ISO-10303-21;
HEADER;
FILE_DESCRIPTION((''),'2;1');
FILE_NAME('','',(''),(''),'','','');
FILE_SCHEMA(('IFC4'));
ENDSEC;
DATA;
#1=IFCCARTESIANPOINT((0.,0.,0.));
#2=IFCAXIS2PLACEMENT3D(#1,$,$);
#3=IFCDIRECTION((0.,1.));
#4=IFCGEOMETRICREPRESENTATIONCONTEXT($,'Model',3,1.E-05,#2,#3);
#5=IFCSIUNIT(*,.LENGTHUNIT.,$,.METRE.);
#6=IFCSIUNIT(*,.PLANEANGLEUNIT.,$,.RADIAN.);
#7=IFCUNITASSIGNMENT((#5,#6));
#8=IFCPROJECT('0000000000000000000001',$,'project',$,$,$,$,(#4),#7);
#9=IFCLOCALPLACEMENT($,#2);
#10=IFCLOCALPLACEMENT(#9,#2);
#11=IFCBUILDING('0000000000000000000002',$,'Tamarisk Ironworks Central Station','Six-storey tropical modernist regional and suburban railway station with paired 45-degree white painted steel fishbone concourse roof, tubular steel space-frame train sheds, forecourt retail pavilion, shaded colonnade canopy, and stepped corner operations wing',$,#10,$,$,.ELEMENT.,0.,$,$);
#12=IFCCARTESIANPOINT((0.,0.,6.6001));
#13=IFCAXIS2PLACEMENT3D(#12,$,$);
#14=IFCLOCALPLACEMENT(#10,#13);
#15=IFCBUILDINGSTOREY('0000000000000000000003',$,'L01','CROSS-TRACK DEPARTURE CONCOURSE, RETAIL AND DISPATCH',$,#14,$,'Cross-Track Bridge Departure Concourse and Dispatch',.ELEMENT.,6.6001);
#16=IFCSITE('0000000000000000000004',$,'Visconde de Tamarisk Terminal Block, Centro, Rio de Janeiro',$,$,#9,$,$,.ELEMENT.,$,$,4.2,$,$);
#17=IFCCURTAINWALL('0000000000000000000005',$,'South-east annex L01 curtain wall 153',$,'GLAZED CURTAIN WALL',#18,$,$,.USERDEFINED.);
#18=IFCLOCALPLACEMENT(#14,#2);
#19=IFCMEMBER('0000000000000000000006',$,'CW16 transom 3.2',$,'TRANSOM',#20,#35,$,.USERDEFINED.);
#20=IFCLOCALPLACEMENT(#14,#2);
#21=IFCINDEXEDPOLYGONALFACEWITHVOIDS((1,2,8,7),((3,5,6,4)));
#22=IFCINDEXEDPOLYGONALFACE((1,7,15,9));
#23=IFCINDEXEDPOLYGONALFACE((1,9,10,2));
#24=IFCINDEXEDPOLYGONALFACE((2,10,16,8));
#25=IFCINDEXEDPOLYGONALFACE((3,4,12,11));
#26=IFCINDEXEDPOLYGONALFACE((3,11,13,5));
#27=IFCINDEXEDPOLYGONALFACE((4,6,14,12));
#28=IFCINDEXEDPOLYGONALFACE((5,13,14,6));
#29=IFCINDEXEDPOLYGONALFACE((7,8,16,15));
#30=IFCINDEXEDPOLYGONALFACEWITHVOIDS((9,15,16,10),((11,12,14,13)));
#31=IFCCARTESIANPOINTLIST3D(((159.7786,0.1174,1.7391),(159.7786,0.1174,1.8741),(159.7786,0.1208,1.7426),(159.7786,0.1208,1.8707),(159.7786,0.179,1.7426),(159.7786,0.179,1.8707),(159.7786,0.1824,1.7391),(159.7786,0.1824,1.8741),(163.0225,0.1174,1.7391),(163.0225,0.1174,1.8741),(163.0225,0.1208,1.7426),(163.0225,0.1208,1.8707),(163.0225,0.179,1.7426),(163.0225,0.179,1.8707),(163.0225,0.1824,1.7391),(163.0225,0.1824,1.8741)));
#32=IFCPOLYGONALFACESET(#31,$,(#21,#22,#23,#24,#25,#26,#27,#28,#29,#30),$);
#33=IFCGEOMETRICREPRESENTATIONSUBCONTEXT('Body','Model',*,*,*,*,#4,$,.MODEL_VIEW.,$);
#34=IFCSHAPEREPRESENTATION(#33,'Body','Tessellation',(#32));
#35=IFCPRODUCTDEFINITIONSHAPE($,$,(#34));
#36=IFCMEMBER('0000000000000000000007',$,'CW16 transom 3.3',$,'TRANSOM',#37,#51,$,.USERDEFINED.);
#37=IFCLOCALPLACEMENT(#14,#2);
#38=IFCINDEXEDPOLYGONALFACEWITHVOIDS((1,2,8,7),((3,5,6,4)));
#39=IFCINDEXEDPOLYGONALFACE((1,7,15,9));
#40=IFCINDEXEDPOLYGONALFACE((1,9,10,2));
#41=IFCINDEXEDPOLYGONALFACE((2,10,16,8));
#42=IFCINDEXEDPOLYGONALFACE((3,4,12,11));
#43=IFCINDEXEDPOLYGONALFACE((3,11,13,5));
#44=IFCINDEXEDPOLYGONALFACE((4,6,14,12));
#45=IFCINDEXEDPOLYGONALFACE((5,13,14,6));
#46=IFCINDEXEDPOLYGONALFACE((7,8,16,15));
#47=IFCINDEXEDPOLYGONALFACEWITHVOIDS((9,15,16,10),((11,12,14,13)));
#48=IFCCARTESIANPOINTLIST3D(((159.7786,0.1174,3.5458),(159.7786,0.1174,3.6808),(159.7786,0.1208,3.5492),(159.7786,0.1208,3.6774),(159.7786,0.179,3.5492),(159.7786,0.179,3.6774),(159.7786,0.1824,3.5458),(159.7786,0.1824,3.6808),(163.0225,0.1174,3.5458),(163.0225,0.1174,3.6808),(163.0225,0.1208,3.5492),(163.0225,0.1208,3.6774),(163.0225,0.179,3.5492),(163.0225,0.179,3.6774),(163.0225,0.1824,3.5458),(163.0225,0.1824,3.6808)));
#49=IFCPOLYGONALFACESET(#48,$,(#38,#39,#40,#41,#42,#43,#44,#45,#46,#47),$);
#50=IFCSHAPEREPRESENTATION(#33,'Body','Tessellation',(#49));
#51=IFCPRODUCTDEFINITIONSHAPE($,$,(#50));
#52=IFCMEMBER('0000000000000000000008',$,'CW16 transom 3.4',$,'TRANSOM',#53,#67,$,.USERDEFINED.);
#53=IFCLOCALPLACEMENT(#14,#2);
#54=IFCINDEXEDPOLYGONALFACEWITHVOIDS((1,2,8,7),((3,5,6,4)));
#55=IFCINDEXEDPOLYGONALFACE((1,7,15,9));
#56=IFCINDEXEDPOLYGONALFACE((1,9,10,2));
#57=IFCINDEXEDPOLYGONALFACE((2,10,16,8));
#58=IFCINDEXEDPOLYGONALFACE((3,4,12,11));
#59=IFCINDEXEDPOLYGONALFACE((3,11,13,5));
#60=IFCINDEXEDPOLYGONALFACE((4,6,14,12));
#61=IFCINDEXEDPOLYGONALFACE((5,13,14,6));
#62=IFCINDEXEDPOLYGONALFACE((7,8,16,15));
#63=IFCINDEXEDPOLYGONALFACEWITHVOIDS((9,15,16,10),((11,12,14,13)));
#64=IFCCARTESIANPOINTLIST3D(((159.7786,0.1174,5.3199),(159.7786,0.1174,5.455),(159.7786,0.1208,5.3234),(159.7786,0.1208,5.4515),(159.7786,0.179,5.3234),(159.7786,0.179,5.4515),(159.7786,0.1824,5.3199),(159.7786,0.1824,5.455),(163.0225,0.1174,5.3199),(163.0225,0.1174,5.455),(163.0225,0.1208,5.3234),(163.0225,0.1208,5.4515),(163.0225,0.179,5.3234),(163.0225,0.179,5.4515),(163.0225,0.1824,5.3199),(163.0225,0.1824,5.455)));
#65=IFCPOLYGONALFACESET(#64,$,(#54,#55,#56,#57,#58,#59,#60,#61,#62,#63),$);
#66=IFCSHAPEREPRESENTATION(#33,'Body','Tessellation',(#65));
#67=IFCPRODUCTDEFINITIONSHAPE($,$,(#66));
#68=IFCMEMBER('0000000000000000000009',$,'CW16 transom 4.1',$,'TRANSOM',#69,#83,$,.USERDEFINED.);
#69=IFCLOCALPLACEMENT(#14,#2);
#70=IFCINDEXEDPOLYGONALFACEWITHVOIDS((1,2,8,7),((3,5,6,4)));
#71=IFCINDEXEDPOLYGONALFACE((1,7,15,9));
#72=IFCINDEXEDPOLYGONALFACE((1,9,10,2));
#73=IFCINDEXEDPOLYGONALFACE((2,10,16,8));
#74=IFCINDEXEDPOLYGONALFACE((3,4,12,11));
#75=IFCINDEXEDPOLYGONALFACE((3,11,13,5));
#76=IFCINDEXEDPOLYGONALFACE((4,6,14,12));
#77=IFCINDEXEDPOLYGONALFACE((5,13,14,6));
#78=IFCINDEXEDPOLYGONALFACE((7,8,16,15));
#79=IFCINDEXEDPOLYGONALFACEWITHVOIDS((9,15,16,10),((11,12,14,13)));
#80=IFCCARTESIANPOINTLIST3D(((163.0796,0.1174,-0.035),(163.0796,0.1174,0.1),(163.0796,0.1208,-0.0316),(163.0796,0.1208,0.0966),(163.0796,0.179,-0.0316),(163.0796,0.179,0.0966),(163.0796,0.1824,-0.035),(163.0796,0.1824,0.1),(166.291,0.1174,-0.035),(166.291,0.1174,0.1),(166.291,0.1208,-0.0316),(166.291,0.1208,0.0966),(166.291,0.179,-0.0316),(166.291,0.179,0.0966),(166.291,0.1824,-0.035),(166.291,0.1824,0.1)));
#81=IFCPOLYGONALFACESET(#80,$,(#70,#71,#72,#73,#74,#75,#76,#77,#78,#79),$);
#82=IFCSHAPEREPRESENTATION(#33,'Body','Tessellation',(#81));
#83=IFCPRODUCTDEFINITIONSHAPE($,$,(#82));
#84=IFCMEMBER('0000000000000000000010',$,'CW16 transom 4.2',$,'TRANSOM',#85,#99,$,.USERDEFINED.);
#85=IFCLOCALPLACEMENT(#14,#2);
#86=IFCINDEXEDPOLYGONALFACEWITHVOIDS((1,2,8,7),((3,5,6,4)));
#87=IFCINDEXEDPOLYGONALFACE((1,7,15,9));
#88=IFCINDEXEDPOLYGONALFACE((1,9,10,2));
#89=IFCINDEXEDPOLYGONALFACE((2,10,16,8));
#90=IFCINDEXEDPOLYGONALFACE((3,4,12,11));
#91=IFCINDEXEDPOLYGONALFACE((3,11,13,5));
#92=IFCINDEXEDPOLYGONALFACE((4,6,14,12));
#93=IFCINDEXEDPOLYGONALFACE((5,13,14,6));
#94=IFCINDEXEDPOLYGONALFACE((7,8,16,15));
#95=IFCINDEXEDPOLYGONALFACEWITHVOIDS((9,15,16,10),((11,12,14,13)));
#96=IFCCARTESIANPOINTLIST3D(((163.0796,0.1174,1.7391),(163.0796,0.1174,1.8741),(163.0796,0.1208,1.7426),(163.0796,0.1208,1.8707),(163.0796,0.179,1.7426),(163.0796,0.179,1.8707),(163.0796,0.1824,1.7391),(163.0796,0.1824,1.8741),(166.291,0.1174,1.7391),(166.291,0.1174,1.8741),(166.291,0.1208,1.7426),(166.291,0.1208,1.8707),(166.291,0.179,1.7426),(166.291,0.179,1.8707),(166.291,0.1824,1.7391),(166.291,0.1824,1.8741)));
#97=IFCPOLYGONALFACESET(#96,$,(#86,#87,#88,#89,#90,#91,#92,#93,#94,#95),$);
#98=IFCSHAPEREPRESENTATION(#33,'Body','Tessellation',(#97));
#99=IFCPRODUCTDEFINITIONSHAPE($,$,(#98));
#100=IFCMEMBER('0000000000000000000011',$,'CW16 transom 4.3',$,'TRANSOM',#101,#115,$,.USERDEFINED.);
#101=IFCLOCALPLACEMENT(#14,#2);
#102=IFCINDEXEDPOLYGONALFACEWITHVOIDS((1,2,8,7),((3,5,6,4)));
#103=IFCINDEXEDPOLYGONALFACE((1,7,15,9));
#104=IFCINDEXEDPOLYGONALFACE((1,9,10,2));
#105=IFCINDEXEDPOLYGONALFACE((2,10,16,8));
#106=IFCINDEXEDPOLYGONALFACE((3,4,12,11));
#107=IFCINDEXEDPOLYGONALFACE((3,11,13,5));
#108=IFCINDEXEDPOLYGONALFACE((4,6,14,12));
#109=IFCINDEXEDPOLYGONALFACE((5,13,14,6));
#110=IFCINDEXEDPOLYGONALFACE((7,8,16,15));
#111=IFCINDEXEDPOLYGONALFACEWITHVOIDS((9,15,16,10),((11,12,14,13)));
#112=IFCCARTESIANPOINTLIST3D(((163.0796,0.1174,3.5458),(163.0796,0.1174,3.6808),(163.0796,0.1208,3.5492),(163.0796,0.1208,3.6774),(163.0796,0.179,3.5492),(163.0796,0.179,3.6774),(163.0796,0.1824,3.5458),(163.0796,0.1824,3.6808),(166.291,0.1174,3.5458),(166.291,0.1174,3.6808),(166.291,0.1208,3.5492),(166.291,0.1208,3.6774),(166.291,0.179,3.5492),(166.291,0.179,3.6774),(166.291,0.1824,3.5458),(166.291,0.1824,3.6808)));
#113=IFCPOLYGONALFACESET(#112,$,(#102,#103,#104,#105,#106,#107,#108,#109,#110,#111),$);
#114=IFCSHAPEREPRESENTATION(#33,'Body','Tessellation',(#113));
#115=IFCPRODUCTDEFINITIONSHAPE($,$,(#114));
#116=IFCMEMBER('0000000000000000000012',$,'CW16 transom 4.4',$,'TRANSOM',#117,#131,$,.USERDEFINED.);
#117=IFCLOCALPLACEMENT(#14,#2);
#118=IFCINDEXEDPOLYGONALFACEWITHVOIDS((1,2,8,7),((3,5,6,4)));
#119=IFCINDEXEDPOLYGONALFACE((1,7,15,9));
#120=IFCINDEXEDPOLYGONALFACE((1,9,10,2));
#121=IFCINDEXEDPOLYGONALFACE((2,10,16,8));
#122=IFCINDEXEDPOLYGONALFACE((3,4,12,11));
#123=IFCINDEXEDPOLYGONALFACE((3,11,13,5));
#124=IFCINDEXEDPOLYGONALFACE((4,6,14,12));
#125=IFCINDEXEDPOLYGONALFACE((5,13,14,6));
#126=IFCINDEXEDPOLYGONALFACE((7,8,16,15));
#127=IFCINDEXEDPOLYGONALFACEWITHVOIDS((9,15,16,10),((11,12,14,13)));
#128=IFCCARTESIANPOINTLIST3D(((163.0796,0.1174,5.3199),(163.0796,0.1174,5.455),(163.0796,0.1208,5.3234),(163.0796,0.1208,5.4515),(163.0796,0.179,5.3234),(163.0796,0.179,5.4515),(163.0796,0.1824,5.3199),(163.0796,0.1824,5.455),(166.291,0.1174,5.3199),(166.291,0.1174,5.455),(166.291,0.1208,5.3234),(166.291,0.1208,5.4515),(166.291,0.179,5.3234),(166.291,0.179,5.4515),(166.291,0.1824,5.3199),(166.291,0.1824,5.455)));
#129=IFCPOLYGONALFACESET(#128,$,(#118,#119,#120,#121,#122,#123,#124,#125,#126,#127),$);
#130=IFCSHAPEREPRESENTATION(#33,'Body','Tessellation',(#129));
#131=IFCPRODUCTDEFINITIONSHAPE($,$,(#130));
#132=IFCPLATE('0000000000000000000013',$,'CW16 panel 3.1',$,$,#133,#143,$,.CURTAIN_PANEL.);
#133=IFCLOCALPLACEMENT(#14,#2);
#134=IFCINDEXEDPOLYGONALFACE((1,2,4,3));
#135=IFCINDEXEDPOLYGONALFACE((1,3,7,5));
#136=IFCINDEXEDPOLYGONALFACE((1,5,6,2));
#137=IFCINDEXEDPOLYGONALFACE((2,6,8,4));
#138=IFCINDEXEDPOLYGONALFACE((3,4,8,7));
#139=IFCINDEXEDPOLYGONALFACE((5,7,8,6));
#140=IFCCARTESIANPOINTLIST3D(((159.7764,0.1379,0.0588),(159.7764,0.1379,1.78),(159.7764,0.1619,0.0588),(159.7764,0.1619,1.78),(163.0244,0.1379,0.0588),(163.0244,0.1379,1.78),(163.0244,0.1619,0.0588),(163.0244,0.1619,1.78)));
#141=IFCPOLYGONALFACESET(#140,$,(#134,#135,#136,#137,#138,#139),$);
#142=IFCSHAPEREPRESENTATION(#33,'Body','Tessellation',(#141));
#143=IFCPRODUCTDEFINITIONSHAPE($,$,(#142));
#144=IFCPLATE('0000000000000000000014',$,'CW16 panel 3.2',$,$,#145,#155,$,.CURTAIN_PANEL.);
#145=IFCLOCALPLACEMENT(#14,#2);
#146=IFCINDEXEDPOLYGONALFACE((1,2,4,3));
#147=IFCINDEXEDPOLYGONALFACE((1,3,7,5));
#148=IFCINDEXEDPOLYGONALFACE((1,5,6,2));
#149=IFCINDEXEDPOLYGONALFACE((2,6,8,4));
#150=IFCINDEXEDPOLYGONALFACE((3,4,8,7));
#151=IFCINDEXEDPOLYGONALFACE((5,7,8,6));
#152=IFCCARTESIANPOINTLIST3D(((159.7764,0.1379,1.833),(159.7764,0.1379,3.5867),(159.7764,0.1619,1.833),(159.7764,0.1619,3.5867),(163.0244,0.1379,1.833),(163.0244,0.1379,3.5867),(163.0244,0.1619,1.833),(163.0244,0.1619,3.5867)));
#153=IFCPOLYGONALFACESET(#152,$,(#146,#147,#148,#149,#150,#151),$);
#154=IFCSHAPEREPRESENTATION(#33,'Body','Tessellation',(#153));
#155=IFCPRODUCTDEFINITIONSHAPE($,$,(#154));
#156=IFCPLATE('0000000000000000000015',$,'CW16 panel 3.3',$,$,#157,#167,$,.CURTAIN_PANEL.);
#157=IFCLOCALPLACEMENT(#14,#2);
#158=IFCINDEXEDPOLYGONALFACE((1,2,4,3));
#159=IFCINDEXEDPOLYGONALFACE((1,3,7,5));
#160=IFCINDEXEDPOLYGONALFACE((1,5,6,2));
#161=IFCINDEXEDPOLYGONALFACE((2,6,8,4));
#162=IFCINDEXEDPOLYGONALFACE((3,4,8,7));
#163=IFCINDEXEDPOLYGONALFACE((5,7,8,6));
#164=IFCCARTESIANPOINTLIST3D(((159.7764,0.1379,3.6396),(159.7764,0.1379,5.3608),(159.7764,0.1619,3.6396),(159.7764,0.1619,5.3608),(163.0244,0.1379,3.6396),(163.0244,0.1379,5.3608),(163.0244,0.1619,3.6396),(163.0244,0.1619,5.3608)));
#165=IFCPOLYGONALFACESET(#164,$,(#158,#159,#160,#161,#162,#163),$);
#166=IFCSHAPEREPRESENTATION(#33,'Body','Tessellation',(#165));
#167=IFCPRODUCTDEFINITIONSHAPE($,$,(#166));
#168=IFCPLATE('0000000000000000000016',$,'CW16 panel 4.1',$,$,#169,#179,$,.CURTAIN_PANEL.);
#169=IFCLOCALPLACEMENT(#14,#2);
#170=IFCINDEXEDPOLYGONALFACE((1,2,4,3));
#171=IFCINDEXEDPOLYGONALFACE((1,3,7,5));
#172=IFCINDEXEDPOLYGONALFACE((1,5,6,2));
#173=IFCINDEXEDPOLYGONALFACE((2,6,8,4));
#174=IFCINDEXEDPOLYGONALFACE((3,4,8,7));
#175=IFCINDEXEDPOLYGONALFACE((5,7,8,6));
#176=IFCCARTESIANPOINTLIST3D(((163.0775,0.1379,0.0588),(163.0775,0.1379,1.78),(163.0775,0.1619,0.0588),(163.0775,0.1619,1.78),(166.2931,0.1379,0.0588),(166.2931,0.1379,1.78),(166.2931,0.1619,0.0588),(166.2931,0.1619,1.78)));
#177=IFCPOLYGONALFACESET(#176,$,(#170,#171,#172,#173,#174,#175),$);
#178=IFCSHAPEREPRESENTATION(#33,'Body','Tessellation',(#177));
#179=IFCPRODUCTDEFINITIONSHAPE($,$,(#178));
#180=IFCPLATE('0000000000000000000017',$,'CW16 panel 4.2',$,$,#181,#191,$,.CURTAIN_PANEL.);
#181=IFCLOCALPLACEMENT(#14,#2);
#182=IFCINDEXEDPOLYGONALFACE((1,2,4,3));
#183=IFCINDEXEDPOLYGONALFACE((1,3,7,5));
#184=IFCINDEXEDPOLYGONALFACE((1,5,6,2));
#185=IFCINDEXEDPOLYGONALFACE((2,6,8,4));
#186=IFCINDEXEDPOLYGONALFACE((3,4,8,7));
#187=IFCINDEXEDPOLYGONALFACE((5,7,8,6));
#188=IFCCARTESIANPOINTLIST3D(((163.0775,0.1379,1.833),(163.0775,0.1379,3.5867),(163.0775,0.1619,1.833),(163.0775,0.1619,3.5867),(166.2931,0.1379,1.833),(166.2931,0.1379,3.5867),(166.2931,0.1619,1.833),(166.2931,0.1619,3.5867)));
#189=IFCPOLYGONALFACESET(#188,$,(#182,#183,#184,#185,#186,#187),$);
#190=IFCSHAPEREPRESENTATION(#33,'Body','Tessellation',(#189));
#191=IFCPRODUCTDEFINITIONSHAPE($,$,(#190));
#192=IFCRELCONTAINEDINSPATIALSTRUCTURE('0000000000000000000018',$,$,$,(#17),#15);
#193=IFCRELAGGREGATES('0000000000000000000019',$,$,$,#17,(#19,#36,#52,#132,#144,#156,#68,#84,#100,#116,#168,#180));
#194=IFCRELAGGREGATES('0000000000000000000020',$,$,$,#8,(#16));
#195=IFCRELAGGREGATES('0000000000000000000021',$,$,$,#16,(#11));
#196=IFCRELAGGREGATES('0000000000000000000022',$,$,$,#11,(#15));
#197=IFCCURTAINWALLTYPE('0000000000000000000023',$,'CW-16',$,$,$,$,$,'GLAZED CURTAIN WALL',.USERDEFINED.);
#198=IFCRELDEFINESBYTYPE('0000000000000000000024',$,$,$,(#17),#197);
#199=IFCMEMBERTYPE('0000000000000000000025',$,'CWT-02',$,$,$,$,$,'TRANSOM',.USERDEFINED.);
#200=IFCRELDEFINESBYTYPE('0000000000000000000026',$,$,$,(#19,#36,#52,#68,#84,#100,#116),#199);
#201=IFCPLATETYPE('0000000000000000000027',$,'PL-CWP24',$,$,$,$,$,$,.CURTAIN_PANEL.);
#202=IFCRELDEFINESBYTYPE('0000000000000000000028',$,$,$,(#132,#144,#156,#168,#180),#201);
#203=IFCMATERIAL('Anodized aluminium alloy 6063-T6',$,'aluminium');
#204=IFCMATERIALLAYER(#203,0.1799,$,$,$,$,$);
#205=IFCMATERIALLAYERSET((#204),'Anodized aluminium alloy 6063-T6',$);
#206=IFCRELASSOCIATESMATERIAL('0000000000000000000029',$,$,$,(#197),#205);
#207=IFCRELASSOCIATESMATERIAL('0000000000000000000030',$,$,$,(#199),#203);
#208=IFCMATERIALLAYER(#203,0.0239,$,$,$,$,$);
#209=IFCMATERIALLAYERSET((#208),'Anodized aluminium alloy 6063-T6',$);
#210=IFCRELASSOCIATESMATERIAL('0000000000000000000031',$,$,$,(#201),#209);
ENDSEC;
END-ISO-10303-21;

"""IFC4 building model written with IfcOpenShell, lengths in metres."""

from ifc_helpers import new_model, si_unit, direction, frame, origin, origin_2d, place, context, subcontext, project, spatial, rectangle, hollow_rectangle, extrude, material, layer, layer_set, material_profile, profile_set, type_object, element, aggregate, save


model = new_model("IFC4")

# Units and contexts
model_context = context("Model", 3, precision=1e-05, world=origin(), true_north=direction((0.0, 1.0)))
body_context = subcontext(model_context, "Body", "Model", "MODEL_VIEW")
ifc_project = project(units=[si_unit("LENGTHUNIT", "METRE"), si_unit("PLANEANGLEUNIT", "RADIAN")], contexts=[model_context])

# Site, building, storey
site_placement = place(None, origin())
site = spatial("IfcSite", under=ifc_project, at=site_placement, Name="Visconde de Tamarisk Terminal Block, Centro, Rio de Janeiro", CompositionType="ELEMENT", RefElevation=4.2)
building_placement = place(site_placement, origin())
building = spatial("IfcBuilding", under=site, at=building_placement, Name="Tamarisk Ironworks Central Station", Description="Six-storey tropical modernist regional and suburban railway station with paired 45-degree white painted steel fishbone concourse roof, tubular steel space-frame train sheds, forecourt retail pavilion, shaded colonnade canopy, and stepped corner operations wing", CompositionType="ELEMENT", ElevationOfRefHeight=0.0)
storey_placement = place(building_placement, frame((0.0, 0.0, 6.6001)))
storey = spatial("IfcBuildingStorey", under=building, at=storey_placement, Name="L01", Description="CROSS-TRACK DEPARTURE CONCOURSE, RETAIL AND DISPATCH", LongName="Cross-Track Bridge Departure Concourse and Dispatch", CompositionType="ELEMENT", Elevation=6.6001)

# Curtain wall, members, plates
ifc_material_1 = material(Name="Anodized aluminium alloy 6063-T6", Category="aluminium")
ifc_layer_1 = layer(ifc_material_1, 0.1799)
ifc_layer_set_1 = layer_set([ifc_layer_1], Name="Anodized aluminium alloy 6063-T6")
curtain_wall_type = type_object("IfcCurtainWallType", Name="CW-16", ElementType="GLAZED CURTAIN WALL", PredefinedType="USERDEFINED", material=ifc_layer_set_1)
curtain_wall_placement = place(storey_placement, origin())
curtain_wall = element("IfcCurtainWall", 1, at=curtain_wall_placement, inside=storey, type_object=curtain_wall_type, Name="South-east annex L01 curtain wall 153", ObjectType="GLAZED CURTAIN WALL", PredefinedType="USERDEFINED")
ifc_material_profile_1 = material_profile(ifc_material_1, hollow_rectangle(XDim=0.0649, YDim=0.135, WallThickness=0.0034, at=origin_2d()), Name="ALUM 135x65")
ifc_profile_set_1 = profile_set([ifc_material_profile_1], Name="Anodized aluminium alloy 6063-T6")
member_type_1 = type_object("IfcMemberType", Name="CWT-02", ElementType="TRANSOM", PredefinedType="USERDEFINED", material=ifc_profile_set_1)
member_1_placement = place(storey_placement, frame((159.7786, 0.1499, 1.8066), z_axis=(1.0, 0.0, 0.0), x_axis=(0.0, 1.0, 0.0)))
member_1 = element("IfcMember", 2, at=member_1_placement, type_object=member_type_1, Name="CW16 transom 3.2", ObjectType="TRANSOM", PredefinedType="USERDEFINED", context=body_context, shape_type="SweptSolid", body=[
    extrude(hollow_rectangle(XDim=0.0649, YDim=0.135, WallThickness=0.0034, at=origin_2d()), origin(), (0.0, 0.0, 1.0), 3.2439),
])
member_2_placement = place(storey_placement, frame((159.7786, 0.1499, 3.6133), z_axis=(1.0, 0.0, 0.0), x_axis=(0.0, 1.0, 0.0)))
member_2 = element("IfcMember", 3, at=member_2_placement, type_object=member_type_1, Name="CW16 transom 3.3", ObjectType="TRANSOM", PredefinedType="USERDEFINED", context=body_context, shape_type="SweptSolid", body=[
    extrude(hollow_rectangle(XDim=0.0649, YDim=0.135, WallThickness=0.0034, at=origin_2d()), origin(), (0.0, 0.0, 1.0), 3.2439),
])
member_3_placement = place(storey_placement, frame((159.7786, 0.1499, 5.3875), z_axis=(1.0, 0.0, 0.0), x_axis=(0.0, 1.0, 0.0)))
member_3 = element("IfcMember", 4, at=member_3_placement, type_object=member_type_1, Name="CW16 transom 3.4", ObjectType="TRANSOM", PredefinedType="USERDEFINED", context=body_context, shape_type="SweptSolid", body=[
    extrude(hollow_rectangle(XDim=0.0649, YDim=0.135, WallThickness=0.0034, at=origin_2d()), origin(), (0.0, 0.0, 1.0), 3.2439),
])
member_4_placement = place(storey_placement, frame((163.0796, 0.1499, 0.0325), z_axis=(1.0, 0.0, 0.0), x_axis=(0.0, 1.0, 0.0)))
member_4 = element("IfcMember", 5, at=member_4_placement, type_object=member_type_1, Name="CW16 transom 4.1", ObjectType="TRANSOM", PredefinedType="USERDEFINED", context=body_context, shape_type="SweptSolid", body=[
    extrude(hollow_rectangle(XDim=0.0649, YDim=0.135, WallThickness=0.0034, at=origin_2d()), origin(), (0.0, 0.0, 1.0), 3.2114),
])
member_5_placement = place(storey_placement, frame((163.0796, 0.1499, 1.8066), z_axis=(1.0, 0.0, 0.0), x_axis=(0.0, 1.0, 0.0)))
member_5 = element("IfcMember", 6, at=member_5_placement, type_object=member_type_1, Name="CW16 transom 4.2", ObjectType="TRANSOM", PredefinedType="USERDEFINED", context=body_context, shape_type="SweptSolid", body=[
    extrude(hollow_rectangle(XDim=0.0649, YDim=0.135, WallThickness=0.0034, at=origin_2d()), origin(), (0.0, 0.0, 1.0), 3.2114),
])
member_6_placement = place(storey_placement, frame((163.0796, 0.1499, 3.6133), z_axis=(1.0, 0.0, 0.0), x_axis=(0.0, 1.0, 0.0)))
member_6 = element("IfcMember", 7, at=member_6_placement, type_object=member_type_1, Name="CW16 transom 4.3", ObjectType="TRANSOM", PredefinedType="USERDEFINED", context=body_context, shape_type="SweptSolid", body=[
    extrude(hollow_rectangle(XDim=0.0649, YDim=0.135, WallThickness=0.0034, at=origin_2d()), origin(), (0.0, 0.0, 1.0), 3.2114),
])
member_7_placement = place(storey_placement, frame((163.0796, 0.1499, 5.3875), z_axis=(1.0, 0.0, 0.0), x_axis=(0.0, 1.0, 0.0)))
member_7 = element("IfcMember", 8, at=member_7_placement, type_object=member_type_1, Name="CW16 transom 4.4", ObjectType="TRANSOM", PredefinedType="USERDEFINED", context=body_context, shape_type="SweptSolid", body=[
    extrude(hollow_rectangle(XDim=0.0649, YDim=0.135, WallThickness=0.0034, at=origin_2d()), origin(), (0.0, 0.0, 1.0), 3.2114),
])
ifc_layer_2 = layer(ifc_material_1, 0.0239)
ifc_layer_set_2 = layer_set([ifc_layer_2], Name="Anodized aluminium alloy 6063-T6")
plate_type = type_object("IfcPlateType", Name="PL-CWP24", PredefinedType="CURTAIN_PANEL", material=ifc_layer_set_2)
plate_1_placement = place(storey_placement, frame((161.4004, 0.1499, 0.0588), z_axis=(0.0, 0.0, 1.0), x_axis=(1.0, 0.0, 0.0)))
plate_1 = element("IfcPlate", 9, at=plate_1_placement, type_object=plate_type, Name="CW16 panel 3.1", PredefinedType="CURTAIN_PANEL", context=body_context, shape_type="SweptSolid", body=[
    extrude(rectangle(XDim=3.248, YDim=0.0239, at=origin_2d()), origin(), (0.0, 0.0, 1.0), 1.7212),
])
plate_2_placement = place(storey_placement, frame((161.4004, 0.1499, 1.833), z_axis=(0.0, 0.0, 1.0), x_axis=(1.0, 0.0, 0.0)))
plate_2 = element("IfcPlate", 10, at=plate_2_placement, type_object=plate_type, Name="CW16 panel 3.2", PredefinedType="CURTAIN_PANEL", context=body_context, shape_type="SweptSolid", body=[
    extrude(rectangle(XDim=3.248, YDim=0.0239, at=origin_2d()), origin(), (0.0, 0.0, 1.0), 1.7537),
])
plate_3_placement = place(storey_placement, frame((161.4004, 0.1499, 3.6396), z_axis=(0.0, 0.0, 1.0), x_axis=(1.0, 0.0, 0.0)))
plate_3 = element("IfcPlate", 11, at=plate_3_placement, type_object=plate_type, Name="CW16 panel 3.3", PredefinedType="CURTAIN_PANEL", context=body_context, shape_type="SweptSolid", body=[
    extrude(rectangle(XDim=3.248, YDim=0.0239, at=origin_2d()), origin(), (0.0, 0.0, 1.0), 1.7212),
])
plate_4_placement = place(storey_placement, frame((164.6853, 0.1499, 0.0588), z_axis=(0.0, 0.0, 1.0), x_axis=(1.0, 0.0, 0.0)))
plate_4 = element("IfcPlate", 12, at=plate_4_placement, type_object=plate_type, Name="CW16 panel 4.1", PredefinedType="CURTAIN_PANEL", context=body_context, shape_type="SweptSolid", body=[
    extrude(rectangle(XDim=3.2156, YDim=0.0239, at=origin_2d()), origin(), (0.0, 0.0, 1.0), 1.7212),
])
plate_5_placement = place(storey_placement, frame((164.6853, 0.1499, 1.833), z_axis=(0.0, 0.0, 1.0), x_axis=(1.0, 0.0, 0.0)))
plate_5 = element("IfcPlate", 13, at=plate_5_placement, type_object=plate_type, Name="CW16 panel 4.2", PredefinedType="CURTAIN_PANEL", context=body_context, shape_type="SweptSolid", body=[
    extrude(rectangle(XDim=3.2156, YDim=0.0239, at=origin_2d()), origin(), (0.0, 0.0, 1.0), 1.7537),
])
aggregate(curtain_wall, [member_1, member_2, member_3, plate_1, plate_2, plate_3, member_4, member_5, member_6, member_7, plate_4, plate_5])

save(model, "model.ifc")
